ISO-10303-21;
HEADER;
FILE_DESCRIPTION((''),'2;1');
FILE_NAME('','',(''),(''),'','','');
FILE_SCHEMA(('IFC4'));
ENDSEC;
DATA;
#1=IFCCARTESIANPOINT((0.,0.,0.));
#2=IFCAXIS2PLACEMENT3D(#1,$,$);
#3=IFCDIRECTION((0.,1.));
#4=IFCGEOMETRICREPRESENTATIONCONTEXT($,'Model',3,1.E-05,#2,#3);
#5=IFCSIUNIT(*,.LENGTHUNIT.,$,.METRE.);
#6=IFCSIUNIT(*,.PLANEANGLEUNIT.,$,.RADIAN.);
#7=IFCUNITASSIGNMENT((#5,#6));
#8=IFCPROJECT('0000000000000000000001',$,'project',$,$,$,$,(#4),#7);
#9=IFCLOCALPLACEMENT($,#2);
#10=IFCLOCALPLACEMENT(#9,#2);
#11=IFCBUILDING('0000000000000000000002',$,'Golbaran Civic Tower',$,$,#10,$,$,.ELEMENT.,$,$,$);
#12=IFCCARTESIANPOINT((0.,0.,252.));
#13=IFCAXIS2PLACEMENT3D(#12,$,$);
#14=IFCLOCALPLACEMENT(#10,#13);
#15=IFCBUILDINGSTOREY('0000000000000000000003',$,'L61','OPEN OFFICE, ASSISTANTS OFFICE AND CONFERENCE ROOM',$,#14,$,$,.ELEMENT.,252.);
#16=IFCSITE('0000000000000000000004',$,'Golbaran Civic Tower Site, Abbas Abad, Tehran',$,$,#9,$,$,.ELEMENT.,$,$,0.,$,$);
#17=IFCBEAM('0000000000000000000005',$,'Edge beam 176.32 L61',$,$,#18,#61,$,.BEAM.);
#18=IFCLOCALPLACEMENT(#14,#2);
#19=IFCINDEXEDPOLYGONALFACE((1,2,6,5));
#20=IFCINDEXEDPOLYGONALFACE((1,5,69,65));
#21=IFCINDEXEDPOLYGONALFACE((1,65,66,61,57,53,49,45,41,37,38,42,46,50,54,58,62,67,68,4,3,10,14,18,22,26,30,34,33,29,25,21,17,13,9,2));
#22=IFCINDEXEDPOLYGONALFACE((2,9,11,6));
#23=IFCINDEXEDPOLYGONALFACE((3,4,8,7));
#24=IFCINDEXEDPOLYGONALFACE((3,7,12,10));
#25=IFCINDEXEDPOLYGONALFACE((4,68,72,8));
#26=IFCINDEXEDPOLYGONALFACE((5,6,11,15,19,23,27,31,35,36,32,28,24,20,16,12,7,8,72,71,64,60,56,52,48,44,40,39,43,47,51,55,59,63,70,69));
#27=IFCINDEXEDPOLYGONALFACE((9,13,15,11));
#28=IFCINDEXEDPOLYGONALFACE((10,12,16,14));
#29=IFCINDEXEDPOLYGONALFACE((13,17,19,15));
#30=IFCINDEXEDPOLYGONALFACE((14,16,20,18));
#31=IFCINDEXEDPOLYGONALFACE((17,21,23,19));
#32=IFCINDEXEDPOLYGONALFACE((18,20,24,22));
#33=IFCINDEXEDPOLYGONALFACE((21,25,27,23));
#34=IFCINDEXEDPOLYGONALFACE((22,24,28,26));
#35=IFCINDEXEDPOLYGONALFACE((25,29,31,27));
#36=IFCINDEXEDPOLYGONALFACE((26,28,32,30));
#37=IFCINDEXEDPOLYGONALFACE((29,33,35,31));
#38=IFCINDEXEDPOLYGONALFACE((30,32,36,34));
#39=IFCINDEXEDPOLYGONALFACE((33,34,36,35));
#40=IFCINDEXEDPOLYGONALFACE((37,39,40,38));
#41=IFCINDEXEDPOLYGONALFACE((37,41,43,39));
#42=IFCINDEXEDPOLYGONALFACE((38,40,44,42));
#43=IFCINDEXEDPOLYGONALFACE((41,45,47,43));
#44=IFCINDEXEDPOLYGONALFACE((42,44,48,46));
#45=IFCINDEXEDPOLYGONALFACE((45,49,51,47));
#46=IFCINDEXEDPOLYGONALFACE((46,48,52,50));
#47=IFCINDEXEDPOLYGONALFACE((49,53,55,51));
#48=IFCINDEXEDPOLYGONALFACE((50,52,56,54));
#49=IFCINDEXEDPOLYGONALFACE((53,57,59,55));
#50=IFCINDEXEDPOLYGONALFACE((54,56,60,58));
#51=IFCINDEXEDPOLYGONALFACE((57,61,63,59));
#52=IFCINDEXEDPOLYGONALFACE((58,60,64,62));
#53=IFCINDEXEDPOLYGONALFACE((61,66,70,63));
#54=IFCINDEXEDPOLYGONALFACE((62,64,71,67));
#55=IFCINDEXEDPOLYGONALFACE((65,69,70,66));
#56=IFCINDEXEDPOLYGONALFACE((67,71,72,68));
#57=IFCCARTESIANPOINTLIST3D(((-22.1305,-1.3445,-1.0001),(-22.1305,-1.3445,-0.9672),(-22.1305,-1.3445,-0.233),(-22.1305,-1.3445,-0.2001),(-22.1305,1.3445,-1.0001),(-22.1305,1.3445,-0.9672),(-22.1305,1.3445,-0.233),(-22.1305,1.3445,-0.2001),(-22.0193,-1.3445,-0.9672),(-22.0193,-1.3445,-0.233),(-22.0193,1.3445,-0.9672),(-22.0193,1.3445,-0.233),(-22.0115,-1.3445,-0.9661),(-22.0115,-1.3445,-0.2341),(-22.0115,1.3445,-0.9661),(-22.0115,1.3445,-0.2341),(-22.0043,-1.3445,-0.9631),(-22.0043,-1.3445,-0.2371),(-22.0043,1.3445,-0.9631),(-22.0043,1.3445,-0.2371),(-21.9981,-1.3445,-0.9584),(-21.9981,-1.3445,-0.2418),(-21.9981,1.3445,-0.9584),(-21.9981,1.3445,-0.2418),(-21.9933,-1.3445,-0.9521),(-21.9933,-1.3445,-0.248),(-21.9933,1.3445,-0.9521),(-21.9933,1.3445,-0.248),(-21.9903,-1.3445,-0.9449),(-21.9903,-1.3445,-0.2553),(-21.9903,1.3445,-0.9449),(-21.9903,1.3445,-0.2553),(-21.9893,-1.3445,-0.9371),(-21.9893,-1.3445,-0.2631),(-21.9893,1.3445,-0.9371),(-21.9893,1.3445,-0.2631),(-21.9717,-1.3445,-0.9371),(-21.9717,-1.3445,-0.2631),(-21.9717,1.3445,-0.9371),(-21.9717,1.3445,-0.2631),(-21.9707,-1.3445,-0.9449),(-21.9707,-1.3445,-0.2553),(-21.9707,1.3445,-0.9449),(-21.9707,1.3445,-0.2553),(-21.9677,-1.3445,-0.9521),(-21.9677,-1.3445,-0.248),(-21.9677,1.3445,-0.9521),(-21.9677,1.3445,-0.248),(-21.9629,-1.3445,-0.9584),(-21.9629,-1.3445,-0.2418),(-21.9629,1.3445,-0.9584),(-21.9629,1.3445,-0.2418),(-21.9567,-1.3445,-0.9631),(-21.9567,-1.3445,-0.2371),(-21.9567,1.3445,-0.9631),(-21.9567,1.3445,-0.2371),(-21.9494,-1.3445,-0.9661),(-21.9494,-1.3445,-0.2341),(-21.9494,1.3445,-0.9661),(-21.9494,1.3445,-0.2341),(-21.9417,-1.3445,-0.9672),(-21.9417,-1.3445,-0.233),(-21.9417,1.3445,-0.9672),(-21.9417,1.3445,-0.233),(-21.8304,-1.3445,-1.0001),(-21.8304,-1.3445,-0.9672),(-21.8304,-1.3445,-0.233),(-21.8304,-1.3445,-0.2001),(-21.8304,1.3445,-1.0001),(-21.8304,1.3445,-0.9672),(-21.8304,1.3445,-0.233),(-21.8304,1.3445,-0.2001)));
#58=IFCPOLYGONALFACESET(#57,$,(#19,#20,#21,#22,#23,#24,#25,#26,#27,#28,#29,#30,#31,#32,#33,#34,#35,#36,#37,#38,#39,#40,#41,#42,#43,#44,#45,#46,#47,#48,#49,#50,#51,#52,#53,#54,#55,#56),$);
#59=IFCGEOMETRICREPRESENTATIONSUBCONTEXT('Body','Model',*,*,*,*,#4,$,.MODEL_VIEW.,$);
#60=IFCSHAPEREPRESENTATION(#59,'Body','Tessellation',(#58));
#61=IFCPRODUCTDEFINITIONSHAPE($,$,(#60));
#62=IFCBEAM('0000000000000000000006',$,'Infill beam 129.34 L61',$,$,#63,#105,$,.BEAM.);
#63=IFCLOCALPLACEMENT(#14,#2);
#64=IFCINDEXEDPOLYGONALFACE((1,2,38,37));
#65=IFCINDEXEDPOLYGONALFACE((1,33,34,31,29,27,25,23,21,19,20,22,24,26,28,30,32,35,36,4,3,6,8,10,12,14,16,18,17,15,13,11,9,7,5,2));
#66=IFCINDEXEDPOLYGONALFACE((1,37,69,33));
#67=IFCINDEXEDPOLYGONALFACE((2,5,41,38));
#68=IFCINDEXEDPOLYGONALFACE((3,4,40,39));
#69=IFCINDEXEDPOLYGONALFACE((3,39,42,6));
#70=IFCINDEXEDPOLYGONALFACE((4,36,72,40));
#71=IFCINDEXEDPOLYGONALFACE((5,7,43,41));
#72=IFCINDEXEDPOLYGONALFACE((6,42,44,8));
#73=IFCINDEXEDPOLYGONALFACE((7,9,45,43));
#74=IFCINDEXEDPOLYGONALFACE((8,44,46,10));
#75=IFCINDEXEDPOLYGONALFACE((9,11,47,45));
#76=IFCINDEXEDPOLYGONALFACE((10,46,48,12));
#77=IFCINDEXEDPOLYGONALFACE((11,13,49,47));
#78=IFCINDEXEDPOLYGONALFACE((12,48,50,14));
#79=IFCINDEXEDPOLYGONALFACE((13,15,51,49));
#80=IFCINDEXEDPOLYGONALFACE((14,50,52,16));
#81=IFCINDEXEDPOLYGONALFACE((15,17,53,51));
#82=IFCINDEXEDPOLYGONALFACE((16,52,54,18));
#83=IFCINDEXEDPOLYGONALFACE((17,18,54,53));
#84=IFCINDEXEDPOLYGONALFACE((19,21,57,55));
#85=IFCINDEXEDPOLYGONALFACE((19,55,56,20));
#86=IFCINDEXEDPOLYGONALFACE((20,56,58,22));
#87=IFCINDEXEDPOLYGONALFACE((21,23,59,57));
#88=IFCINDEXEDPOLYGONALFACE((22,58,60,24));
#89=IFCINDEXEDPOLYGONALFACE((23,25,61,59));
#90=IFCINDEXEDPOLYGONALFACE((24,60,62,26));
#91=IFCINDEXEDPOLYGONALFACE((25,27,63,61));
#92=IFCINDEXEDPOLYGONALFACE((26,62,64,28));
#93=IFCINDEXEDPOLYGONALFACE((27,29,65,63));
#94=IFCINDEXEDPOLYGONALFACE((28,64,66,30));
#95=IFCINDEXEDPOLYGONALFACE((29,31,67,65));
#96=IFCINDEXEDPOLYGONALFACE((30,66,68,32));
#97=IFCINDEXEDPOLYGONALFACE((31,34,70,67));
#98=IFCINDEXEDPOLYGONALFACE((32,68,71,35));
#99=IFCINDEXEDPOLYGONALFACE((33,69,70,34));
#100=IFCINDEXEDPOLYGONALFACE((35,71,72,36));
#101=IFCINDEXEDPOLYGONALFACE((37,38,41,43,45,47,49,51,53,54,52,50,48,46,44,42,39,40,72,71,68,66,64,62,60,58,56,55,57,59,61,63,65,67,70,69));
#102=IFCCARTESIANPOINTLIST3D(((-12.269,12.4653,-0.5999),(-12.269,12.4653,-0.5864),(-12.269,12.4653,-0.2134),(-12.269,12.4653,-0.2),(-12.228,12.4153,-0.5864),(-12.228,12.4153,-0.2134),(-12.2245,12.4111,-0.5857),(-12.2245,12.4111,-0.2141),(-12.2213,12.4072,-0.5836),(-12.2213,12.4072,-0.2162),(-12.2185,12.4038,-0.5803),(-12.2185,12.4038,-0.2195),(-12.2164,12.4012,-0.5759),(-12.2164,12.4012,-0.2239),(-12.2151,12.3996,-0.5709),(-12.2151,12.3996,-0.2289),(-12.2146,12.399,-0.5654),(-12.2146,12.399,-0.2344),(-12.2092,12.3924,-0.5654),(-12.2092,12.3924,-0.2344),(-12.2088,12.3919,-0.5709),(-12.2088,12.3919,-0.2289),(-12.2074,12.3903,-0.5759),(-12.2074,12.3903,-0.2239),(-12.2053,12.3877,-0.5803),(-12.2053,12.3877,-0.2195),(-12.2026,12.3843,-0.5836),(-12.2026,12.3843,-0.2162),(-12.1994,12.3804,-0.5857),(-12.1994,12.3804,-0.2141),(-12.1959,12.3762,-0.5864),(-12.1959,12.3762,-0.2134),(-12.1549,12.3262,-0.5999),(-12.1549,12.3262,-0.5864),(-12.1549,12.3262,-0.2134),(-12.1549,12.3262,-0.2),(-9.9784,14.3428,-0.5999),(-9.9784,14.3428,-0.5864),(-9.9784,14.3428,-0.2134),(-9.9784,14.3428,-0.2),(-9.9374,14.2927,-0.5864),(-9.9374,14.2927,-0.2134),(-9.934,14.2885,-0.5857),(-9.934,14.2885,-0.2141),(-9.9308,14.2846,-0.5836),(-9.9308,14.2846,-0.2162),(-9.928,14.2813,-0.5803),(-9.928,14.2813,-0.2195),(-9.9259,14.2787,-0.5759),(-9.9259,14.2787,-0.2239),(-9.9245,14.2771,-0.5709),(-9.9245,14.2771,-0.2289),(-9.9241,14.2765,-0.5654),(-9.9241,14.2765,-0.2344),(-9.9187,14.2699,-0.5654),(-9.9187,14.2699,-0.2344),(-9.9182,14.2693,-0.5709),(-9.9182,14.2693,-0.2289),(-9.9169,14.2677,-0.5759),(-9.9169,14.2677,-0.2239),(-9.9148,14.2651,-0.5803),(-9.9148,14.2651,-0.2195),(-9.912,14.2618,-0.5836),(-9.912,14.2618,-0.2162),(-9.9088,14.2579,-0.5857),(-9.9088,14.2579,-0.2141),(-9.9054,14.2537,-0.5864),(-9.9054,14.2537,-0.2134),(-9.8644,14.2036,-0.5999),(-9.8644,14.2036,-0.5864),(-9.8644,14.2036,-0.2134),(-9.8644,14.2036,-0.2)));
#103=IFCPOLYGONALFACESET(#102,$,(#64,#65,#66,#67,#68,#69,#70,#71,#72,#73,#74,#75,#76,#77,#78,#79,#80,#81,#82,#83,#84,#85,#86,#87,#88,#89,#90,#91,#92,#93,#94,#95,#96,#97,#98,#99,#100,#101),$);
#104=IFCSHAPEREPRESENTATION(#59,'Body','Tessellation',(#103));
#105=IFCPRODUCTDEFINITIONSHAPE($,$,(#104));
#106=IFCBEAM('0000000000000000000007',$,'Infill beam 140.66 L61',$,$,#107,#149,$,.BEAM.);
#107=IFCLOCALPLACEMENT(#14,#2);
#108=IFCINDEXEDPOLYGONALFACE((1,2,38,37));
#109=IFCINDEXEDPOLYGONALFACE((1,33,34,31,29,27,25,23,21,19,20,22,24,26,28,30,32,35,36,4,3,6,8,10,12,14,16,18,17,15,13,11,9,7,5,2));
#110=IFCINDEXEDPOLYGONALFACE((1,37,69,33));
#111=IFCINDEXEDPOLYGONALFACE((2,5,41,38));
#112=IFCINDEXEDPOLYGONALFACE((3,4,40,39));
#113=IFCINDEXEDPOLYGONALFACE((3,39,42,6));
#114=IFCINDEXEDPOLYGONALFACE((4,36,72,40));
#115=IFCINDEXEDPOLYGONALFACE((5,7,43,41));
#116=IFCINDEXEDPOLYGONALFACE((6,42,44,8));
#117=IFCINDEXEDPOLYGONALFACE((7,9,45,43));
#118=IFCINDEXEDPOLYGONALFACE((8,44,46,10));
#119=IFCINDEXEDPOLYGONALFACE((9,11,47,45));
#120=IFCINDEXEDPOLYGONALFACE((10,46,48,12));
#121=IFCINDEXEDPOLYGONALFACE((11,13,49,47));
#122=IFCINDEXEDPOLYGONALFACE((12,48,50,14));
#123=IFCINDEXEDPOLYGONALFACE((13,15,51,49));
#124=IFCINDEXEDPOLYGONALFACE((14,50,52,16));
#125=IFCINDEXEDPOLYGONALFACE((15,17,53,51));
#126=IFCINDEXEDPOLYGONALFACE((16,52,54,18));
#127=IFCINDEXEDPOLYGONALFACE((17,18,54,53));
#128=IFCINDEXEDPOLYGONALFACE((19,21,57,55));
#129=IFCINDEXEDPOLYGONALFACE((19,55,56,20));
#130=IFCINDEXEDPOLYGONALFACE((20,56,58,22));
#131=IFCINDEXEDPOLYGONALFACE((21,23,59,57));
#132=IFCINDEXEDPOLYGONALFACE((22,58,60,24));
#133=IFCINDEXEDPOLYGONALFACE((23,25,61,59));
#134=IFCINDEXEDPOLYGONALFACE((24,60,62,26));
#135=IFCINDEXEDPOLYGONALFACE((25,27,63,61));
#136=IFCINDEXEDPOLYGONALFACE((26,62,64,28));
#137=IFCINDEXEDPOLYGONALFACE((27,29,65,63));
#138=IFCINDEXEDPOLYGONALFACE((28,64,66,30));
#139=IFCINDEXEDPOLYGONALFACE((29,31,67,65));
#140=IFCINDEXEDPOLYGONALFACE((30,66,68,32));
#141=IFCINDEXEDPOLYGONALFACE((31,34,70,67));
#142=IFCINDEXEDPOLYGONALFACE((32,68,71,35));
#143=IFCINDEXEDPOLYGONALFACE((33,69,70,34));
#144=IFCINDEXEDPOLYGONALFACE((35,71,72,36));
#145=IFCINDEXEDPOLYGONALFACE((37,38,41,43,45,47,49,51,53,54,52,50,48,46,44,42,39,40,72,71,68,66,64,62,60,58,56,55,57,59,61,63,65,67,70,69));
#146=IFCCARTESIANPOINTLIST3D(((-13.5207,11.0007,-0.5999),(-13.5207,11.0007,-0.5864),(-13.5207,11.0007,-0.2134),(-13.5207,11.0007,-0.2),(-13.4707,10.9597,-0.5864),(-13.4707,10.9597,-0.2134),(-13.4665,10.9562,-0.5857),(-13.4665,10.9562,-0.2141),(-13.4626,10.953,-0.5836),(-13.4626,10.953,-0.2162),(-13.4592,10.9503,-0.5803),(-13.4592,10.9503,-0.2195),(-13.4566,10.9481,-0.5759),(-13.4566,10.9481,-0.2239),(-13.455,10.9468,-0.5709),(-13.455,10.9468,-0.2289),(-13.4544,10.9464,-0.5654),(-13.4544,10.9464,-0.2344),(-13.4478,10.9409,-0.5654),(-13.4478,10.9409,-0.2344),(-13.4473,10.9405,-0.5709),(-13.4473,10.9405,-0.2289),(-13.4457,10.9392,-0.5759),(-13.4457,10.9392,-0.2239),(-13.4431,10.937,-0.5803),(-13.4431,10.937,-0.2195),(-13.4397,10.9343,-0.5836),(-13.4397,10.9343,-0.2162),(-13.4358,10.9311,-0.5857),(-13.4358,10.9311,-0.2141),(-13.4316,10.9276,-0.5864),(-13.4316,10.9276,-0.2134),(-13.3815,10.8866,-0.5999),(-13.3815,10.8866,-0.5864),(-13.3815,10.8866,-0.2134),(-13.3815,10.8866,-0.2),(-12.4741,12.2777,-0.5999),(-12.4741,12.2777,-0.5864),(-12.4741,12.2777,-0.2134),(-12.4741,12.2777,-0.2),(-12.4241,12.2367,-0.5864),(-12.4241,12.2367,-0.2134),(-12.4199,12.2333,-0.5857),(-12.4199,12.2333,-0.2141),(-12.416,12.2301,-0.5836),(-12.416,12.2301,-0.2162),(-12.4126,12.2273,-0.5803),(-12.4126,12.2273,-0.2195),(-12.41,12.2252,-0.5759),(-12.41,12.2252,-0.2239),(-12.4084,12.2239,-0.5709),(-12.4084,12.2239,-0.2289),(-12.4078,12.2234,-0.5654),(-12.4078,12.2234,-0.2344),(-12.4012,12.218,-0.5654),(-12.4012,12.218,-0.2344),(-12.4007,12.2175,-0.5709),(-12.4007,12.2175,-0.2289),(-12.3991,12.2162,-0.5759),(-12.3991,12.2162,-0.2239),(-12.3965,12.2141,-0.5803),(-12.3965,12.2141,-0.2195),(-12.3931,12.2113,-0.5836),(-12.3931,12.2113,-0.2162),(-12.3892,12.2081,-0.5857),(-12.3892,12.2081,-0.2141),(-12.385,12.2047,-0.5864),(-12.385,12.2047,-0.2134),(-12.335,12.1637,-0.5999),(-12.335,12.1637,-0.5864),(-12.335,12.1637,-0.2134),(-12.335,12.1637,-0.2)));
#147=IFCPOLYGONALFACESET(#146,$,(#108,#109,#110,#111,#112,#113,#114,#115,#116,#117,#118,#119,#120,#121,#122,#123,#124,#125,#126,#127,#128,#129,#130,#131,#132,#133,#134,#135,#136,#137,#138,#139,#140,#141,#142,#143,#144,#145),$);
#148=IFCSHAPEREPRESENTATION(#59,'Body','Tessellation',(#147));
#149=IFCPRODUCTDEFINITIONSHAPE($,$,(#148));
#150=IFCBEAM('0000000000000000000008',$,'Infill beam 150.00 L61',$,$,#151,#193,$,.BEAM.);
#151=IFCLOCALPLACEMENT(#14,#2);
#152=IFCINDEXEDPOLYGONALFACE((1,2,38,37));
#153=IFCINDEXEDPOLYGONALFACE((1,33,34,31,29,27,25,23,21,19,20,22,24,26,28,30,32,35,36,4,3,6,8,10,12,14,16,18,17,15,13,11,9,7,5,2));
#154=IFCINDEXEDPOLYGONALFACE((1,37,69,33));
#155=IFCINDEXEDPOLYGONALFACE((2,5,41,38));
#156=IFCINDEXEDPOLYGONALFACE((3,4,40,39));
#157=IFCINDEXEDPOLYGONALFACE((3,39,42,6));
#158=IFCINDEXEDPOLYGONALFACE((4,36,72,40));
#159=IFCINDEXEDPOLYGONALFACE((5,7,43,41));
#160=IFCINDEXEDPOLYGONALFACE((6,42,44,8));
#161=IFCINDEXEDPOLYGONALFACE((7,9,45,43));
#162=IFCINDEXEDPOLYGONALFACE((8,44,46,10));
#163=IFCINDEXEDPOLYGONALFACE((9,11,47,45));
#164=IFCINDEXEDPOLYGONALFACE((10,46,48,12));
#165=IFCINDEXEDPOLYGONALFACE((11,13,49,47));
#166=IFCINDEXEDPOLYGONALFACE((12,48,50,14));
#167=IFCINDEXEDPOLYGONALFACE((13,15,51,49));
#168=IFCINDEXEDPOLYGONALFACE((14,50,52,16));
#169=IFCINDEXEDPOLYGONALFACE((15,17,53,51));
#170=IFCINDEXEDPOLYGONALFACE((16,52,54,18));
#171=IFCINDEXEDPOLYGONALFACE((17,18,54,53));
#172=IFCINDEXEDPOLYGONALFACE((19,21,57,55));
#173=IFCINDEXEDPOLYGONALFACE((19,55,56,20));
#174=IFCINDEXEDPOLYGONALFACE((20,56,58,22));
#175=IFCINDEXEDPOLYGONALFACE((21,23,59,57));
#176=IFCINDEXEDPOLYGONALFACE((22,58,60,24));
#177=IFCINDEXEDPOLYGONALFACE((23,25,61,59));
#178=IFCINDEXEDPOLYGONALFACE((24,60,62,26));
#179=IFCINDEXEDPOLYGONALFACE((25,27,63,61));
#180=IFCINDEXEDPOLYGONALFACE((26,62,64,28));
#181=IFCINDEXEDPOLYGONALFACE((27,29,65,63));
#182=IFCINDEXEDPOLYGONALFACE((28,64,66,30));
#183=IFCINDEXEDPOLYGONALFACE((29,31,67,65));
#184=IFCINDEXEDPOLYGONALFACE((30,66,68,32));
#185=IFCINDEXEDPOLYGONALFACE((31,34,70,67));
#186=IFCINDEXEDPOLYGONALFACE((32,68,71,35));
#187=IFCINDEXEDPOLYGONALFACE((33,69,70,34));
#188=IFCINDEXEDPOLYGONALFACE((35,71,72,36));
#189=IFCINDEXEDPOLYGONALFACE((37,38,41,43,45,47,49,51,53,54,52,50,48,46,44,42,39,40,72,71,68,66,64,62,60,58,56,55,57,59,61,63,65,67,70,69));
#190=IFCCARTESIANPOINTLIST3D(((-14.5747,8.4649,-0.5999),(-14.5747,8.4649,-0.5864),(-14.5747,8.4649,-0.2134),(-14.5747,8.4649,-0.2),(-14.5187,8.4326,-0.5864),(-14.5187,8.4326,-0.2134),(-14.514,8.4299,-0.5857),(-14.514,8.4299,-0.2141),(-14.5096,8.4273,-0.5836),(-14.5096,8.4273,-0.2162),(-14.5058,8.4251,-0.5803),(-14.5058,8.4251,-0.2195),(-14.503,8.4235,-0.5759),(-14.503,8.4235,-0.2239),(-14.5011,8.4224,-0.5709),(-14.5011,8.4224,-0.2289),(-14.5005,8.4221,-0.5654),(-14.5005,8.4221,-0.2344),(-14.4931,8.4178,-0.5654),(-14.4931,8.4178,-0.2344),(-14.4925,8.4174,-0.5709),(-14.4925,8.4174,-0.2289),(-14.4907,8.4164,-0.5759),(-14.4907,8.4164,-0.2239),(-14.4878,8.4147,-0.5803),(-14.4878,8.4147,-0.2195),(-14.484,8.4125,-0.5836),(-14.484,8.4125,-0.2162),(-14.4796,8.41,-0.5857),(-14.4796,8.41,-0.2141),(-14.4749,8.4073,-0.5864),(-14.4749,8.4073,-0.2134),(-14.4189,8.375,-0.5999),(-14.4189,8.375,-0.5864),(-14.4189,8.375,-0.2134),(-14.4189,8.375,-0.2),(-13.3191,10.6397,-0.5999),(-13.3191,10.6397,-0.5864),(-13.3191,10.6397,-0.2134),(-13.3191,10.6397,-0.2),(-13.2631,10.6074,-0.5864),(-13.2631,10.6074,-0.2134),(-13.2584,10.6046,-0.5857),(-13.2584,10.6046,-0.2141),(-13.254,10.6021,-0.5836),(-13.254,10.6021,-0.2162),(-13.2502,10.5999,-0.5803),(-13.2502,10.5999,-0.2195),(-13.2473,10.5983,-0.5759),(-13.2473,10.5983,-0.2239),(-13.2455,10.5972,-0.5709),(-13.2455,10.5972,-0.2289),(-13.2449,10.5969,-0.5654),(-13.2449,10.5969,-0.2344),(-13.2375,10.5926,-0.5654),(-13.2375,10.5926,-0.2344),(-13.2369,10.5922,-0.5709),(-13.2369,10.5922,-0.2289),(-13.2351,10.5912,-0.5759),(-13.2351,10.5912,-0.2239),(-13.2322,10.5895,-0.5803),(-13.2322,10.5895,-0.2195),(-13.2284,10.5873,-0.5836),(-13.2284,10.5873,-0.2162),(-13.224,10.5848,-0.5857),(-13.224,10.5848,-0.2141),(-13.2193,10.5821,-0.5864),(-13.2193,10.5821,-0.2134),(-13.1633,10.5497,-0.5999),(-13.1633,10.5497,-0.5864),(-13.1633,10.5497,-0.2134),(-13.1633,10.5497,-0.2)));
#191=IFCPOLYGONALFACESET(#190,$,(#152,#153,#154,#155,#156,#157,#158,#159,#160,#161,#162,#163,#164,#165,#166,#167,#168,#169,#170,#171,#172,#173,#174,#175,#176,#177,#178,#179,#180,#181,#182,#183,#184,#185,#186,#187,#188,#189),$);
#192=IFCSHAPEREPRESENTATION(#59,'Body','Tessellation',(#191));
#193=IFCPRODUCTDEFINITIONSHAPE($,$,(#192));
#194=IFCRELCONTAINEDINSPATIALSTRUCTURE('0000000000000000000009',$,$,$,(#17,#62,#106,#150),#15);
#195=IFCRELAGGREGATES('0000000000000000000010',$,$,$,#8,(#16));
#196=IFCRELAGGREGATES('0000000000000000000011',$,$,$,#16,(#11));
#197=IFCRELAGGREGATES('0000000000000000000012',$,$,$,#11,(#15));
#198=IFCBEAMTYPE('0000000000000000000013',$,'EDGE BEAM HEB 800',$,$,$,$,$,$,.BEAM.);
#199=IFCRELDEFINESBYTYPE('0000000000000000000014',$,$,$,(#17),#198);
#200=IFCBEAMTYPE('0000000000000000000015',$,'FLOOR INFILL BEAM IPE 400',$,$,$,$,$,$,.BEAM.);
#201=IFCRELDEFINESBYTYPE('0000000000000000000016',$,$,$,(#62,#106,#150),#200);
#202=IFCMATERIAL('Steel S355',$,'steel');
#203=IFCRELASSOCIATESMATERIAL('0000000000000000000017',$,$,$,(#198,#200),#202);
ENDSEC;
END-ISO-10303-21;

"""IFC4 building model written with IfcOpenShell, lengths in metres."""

from ifc_helpers import new_model, si_unit, direction, frame, origin, origin_2d, place, context, subcontext, project, spatial, i_section, extrude, material, material_profile, profile_set, type_object, element, save


model = new_model("IFC4")

# Units and contexts
model_context = context("Model", 3, precision=1e-05, world=origin(), true_north=direction((0.0, 1.0)))
body_context = subcontext(model_context, "Body", "Model", "MODEL_VIEW")
ifc_project = project(units=[si_unit("LENGTHUNIT", "METRE"), si_unit("PLANEANGLEUNIT", "RADIAN")], contexts=[model_context])

# Site, building, storey
site_placement = place(None, origin())
site = spatial("IfcSite", under=ifc_project, at=site_placement, Name="Golbaran Civic Tower Site, Abbas Abad, Tehran", CompositionType="ELEMENT", RefElevation=0.0)
building_placement = place(site_placement, origin())
building = spatial("IfcBuilding", under=site, at=building_placement, Name="Golbaran Civic Tower", CompositionType="ELEMENT")
storey_placement = place(building_placement, frame((0.0, 0.0, 252.0)))
storey = spatial("IfcBuildingStorey", under=building, at=storey_placement, Name="L61", Description="OPEN OFFICE, ASSISTANTS OFFICE AND CONFERENCE ROOM", CompositionType="ELEMENT", Elevation=252.0)

# Beams
ifc_material_1 = material(Name="Steel S355", Category="steel")
ifc_material_profile_1 = material_profile(ifc_material_1, i_section(OverallWidth=0.3, OverallDepth=0.8, WebThickness=0.0176, FlangeThickness=0.033, FilletRadius=0.03, at=origin_2d()), Name="HEB 800")
ifc_profile_set_1 = profile_set([ifc_material_profile_1], Name="Steel S355")
beam_type_1 = type_object("IfcBeamType", Name="EDGE BEAM HEB 800", PredefinedType="BEAM", material=ifc_profile_set_1)
beam_1_placement = place(storey_placement, frame((-21.9805, 1.3445, -0.6001), z_axis=(0.0, -1.0, 0.0), x_axis=(1.0, 0.0, 0.0)))
element("IfcBeam", 1, at=beam_1_placement, inside=storey, type_object=beam_type_1, Name="Edge beam 176.32 L61", PredefinedType="BEAM", context=body_context, shape_type="SweptSolid", body=[
    extrude(i_section(OverallWidth=0.3, OverallDepth=0.8, WebThickness=0.0176, FlangeThickness=0.033, FilletRadius=0.03, at=origin_2d()), origin(), (0.0, 0.0, 1.0), 2.689),
])
ifc_material_profile_2 = material_profile(ifc_material_1, i_section(OverallWidth=0.1799, OverallDepth=0.3999, WebThickness=0.0085, FlangeThickness=0.0134, FilletRadius=0.021, at=origin_2d()), Name="IPE 400")
ifc_profile_set_2 = profile_set([ifc_material_profile_2], Name="Steel S355")
beam_type_2 = type_object("IfcBeamType", Name="FLOOR INFILL BEAM IPE 400", PredefinedType="BEAM", material=ifc_profile_set_2)
beam_2_placement = place(storey_placement, frame((-9.9214, 14.2732, -0.3999), z_axis=(-0.773399, -0.63392, 0.0), x_axis=(0.63392, -0.773399, 0.0)))
element("IfcBeam", 2, at=beam_2_placement, inside=storey, type_object=beam_type_2, Name="Infill beam 129.34 L61", PredefinedType="BEAM", context=body_context, shape_type="SweptSolid", body=[
    extrude(i_section(OverallWidth=0.1799, OverallDepth=0.3999, WebThickness=0.0085, FlangeThickness=0.0134, FilletRadius=0.021, at=origin_2d()), origin(), (0.0, 0.0, 1.0), 2.9617),
])
beam_3_placement = place(storey_placement, frame((-12.4045, 12.2207, -0.3999), z_axis=(-0.633866, -0.773443, 0.0), x_axis=(0.773443, -0.633866, 0.0)))
element("IfcBeam", 3, at=beam_3_placement, inside=storey, type_object=beam_type_2, Name="Infill beam 140.66 L61", PredefinedType="BEAM", context=body_context, shape_type="SweptSolid", body=[
    extrude(i_section(OverallWidth=0.1799, OverallDepth=0.3999, WebThickness=0.0085, FlangeThickness=0.0134, FilletRadius=0.021, at=origin_2d()), origin(), (0.0, 0.0, 1.0), 1.6511),
])
beam_4_placement = place(storey_placement, frame((-13.2412, 10.5947, -0.3999), z_axis=(-0.499997, -0.866027, 0.0), x_axis=(0.866027, -0.499997, 0.0)))
element("IfcBeam", 4, at=beam_4_placement, inside=storey, type_object=beam_type_2, Name="Infill beam 150.00 L61", PredefinedType="BEAM", context=body_context, shape_type="SweptSolid", body=[
    extrude(i_section(OverallWidth=0.1799, OverallDepth=0.3999, WebThickness=0.0085, FlangeThickness=0.0134, FilletRadius=0.021, at=origin_2d()), origin(), (0.0, 0.0, 1.0), 2.5112),
])

save(model, "model.ifc")
